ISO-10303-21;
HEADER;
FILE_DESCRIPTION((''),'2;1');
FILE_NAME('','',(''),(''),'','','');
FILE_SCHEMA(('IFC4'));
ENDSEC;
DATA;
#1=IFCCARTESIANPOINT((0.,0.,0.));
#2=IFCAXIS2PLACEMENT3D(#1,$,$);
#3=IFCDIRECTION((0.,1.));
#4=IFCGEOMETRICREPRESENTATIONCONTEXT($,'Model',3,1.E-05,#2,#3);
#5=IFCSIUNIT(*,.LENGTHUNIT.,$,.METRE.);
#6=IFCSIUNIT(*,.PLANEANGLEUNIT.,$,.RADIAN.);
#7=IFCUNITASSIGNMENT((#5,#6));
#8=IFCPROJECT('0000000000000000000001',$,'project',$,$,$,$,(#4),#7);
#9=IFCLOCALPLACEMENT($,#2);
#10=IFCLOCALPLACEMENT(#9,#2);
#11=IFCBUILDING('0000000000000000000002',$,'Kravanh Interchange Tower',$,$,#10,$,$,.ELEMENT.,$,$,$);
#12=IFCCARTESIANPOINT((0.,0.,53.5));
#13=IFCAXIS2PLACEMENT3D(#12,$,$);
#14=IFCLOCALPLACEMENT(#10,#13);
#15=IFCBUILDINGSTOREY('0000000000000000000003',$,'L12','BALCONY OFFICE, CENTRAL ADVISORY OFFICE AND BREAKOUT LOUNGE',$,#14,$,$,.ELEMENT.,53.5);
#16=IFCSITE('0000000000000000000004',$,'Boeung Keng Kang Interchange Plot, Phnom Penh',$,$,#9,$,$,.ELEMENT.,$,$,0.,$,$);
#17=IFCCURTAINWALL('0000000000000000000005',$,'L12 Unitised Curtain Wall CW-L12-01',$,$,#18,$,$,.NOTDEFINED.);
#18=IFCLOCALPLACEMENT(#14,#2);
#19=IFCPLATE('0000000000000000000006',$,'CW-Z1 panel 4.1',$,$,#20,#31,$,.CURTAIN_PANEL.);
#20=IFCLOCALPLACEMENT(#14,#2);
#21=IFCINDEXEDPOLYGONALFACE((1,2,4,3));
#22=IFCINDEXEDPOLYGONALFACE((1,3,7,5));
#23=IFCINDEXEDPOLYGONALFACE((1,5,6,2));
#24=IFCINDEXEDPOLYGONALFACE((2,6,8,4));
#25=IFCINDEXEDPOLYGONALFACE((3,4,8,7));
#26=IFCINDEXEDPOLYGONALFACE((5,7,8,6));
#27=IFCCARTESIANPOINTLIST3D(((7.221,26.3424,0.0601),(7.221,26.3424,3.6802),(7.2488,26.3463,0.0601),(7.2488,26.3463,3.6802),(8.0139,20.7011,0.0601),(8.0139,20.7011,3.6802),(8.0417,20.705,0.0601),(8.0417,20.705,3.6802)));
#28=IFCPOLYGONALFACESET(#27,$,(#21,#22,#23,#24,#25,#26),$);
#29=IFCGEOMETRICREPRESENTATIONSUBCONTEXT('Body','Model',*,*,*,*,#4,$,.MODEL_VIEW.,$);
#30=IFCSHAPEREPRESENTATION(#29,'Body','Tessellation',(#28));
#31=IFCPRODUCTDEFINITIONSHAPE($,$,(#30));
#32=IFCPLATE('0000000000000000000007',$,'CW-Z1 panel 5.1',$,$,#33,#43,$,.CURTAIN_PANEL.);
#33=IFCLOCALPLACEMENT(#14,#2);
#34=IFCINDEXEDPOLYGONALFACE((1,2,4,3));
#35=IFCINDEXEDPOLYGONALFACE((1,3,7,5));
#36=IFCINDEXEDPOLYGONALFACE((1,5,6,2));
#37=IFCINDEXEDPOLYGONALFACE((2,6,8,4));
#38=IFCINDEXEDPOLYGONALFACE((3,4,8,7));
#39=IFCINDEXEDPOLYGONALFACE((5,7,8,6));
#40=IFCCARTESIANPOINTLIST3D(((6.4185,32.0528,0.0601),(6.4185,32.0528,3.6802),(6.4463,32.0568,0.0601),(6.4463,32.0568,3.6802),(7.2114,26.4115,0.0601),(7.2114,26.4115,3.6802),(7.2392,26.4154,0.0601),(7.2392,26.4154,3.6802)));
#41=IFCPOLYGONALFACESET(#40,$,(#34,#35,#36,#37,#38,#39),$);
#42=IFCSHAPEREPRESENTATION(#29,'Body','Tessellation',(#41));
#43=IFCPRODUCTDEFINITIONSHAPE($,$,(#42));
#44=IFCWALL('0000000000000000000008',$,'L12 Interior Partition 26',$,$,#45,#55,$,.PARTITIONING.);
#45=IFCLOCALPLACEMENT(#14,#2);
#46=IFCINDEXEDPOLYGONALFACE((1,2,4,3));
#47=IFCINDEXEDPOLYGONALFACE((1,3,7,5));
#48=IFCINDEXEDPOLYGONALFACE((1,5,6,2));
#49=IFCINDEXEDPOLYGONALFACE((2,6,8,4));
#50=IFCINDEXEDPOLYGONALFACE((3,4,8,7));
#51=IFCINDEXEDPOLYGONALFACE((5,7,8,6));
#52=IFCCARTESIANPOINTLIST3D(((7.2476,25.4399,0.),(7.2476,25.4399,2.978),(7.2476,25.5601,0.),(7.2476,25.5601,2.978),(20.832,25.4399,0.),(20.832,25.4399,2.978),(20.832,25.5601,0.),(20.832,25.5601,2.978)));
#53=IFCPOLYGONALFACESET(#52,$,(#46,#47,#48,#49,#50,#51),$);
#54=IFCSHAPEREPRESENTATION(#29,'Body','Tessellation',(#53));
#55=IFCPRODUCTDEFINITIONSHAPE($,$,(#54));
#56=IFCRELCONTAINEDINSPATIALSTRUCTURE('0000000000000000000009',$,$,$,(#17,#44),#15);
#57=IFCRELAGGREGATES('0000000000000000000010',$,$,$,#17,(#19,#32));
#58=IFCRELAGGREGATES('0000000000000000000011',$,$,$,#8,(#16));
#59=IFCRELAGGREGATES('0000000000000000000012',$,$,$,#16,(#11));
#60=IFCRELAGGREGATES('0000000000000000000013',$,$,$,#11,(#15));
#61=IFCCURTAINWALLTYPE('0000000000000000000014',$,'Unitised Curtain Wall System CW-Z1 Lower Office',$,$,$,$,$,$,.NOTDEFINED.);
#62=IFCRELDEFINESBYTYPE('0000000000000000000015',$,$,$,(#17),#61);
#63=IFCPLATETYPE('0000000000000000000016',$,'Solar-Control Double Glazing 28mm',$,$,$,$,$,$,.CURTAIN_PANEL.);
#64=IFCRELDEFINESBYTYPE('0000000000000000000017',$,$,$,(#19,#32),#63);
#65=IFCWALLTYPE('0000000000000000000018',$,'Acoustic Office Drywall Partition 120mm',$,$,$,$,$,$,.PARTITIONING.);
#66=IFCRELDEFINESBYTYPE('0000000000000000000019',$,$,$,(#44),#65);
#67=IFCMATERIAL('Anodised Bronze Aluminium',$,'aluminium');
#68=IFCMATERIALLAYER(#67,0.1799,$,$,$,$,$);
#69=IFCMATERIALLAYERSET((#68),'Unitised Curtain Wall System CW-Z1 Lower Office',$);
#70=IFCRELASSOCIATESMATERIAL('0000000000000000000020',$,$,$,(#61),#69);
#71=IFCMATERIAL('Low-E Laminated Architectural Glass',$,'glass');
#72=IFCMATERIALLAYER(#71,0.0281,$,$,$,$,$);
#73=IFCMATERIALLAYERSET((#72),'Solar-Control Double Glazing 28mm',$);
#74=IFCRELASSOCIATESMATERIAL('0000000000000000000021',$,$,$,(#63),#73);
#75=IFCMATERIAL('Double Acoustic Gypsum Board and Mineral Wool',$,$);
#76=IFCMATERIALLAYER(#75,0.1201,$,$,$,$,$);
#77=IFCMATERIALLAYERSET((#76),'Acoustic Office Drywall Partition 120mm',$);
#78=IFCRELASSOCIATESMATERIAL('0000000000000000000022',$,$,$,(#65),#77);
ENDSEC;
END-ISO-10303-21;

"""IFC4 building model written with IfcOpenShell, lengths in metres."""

from ifc_helpers import new_model, si_unit, direction, frame, frame_2d, origin, origin_2d, place, context, subcontext, project, spatial, rectangle, extrude, material, layer, layer_set, type_object, element, aggregate, save


model = new_model("IFC4")

# Units and contexts
model_context = context("Model", 3, precision=1e-05, world=origin(), true_north=direction((0.0, 1.0)))
body_context = subcontext(model_context, "Body", "Model", "MODEL_VIEW")
ifc_project = project(units=[si_unit("LENGTHUNIT", "METRE"), si_unit("PLANEANGLEUNIT", "RADIAN")], contexts=[model_context])

# Site, building, storey
site_placement = place(None, origin())
site = spatial("IfcSite", under=ifc_project, at=site_placement, Name="Boeung Keng Kang Interchange Plot, Phnom Penh", CompositionType="ELEMENT", RefElevation=0.0)
building_placement = place(site_placement, origin())
building = spatial("IfcBuilding", under=site, at=building_placement, Name="Kravanh Interchange Tower", CompositionType="ELEMENT")
storey_placement = place(building_placement, frame((0.0, 0.0, 53.5)))
storey = spatial("IfcBuildingStorey", under=building, at=storey_placement, Name="L12", Description="BALCONY OFFICE, CENTRAL ADVISORY OFFICE AND BREAKOUT LOUNGE", CompositionType="ELEMENT", Elevation=53.5)

# Curtain wall
ifc_material_1 = material(Name="Anodised Bronze Aluminium", Category="aluminium")
ifc_layer_1 = layer(ifc_material_1, 0.1799)
ifc_layer_set_1 = layer_set([ifc_layer_1], Name="Unitised Curtain Wall System CW-Z1 Lower Office")
curtain_wall_type = type_object("IfcCurtainWallType", Name="Unitised Curtain Wall System CW-Z1 Lower Office", PredefinedType="NOTDEFINED", material=ifc_layer_set_1)
curtain_wall_placement = place(storey_placement, origin())
curtain_wall = element("IfcCurtainWall", 1, at=curtain_wall_placement, inside=storey, type_object=curtain_wall_type, Name="L12 Unitised Curtain Wall CW-L12-01", PredefinedType="NOTDEFINED")

# Plates
ifc_material_2 = material(Name="Low-E Laminated Architectural Glass", Category="glass")
ifc_layer_2 = layer(ifc_material_2, 0.0281)
ifc_layer_set_2 = layer_set([ifc_layer_2], Name="Solar-Control Double Glazing 28mm")
plate_type = type_object("IfcPlateType", Name="Solar-Control Double Glazing 28mm", PredefinedType="CURTAIN_PANEL", material=ifc_layer_set_2)
plate_1_placement = place(storey_placement, frame((7.6313, 23.5237, 0.0601), z_axis=(0.0, 0.0, 1.0), x_axis=(-0.139177, 0.990268, 0.0)))
plate_1 = element("IfcPlate", 2, at=plate_1_placement, type_object=plate_type, Name="CW-Z1 panel 4.1", PredefinedType="CURTAIN_PANEL", context=body_context, shape_type="SweptSolid", body=[
    extrude(rectangle(XDim=5.6968, YDim=0.0281, at=origin_2d()), origin(), (0.0, 0.0, 1.0), 3.6201),
])
plate_2_placement = place(storey_placement, frame((6.8289, 29.2341, 0.0601), z_axis=(0.0, 0.0, 1.0), x_axis=(-0.139177, 0.990268, 0.0)))
plate_2 = element("IfcPlate", 3, at=plate_2_placement, type_object=plate_type, Name="CW-Z1 panel 5.1", PredefinedType="CURTAIN_PANEL", context=body_context, shape_type="SweptSolid", body=[
    extrude(rectangle(XDim=5.6968, YDim=0.0281, at=origin_2d()), origin(), (0.0, 0.0, 1.0), 3.6201),
])
aggregate(curtain_wall, [plate_1, plate_2])

# Wall
ifc_material_3 = material(Name="Double Acoustic Gypsum Board and Mineral Wool")
ifc_layer_3 = layer(ifc_material_3, 0.1201)
ifc_layer_set_3 = layer_set([ifc_layer_3], Name="Acoustic Office Drywall Partition 120mm")
wall_type = type_object("IfcWallType", Name="Acoustic Office Drywall Partition 120mm", PredefinedType="PARTITIONING", material=ifc_layer_set_3)
wall_placement = place(storey_placement, frame((7.2476, 25.5, 0.0), z_axis=(0.0, 0.0, 1.0), x_axis=(1.0, 0.0, 0.0)))
element("IfcWall", 4, at=wall_placement, inside=storey, type_object=wall_type, Name="L12 Interior Partition 26", PredefinedType="PARTITIONING", context=body_context, shape_type="SweptSolid", body=[
    extrude(rectangle(XDim=13.5845, YDim=0.1201, at=frame_2d((6.7922, 0.0))), origin(), (0.0, 0.0, 1.0), 2.978),
])

save(model, "model.ifc")
